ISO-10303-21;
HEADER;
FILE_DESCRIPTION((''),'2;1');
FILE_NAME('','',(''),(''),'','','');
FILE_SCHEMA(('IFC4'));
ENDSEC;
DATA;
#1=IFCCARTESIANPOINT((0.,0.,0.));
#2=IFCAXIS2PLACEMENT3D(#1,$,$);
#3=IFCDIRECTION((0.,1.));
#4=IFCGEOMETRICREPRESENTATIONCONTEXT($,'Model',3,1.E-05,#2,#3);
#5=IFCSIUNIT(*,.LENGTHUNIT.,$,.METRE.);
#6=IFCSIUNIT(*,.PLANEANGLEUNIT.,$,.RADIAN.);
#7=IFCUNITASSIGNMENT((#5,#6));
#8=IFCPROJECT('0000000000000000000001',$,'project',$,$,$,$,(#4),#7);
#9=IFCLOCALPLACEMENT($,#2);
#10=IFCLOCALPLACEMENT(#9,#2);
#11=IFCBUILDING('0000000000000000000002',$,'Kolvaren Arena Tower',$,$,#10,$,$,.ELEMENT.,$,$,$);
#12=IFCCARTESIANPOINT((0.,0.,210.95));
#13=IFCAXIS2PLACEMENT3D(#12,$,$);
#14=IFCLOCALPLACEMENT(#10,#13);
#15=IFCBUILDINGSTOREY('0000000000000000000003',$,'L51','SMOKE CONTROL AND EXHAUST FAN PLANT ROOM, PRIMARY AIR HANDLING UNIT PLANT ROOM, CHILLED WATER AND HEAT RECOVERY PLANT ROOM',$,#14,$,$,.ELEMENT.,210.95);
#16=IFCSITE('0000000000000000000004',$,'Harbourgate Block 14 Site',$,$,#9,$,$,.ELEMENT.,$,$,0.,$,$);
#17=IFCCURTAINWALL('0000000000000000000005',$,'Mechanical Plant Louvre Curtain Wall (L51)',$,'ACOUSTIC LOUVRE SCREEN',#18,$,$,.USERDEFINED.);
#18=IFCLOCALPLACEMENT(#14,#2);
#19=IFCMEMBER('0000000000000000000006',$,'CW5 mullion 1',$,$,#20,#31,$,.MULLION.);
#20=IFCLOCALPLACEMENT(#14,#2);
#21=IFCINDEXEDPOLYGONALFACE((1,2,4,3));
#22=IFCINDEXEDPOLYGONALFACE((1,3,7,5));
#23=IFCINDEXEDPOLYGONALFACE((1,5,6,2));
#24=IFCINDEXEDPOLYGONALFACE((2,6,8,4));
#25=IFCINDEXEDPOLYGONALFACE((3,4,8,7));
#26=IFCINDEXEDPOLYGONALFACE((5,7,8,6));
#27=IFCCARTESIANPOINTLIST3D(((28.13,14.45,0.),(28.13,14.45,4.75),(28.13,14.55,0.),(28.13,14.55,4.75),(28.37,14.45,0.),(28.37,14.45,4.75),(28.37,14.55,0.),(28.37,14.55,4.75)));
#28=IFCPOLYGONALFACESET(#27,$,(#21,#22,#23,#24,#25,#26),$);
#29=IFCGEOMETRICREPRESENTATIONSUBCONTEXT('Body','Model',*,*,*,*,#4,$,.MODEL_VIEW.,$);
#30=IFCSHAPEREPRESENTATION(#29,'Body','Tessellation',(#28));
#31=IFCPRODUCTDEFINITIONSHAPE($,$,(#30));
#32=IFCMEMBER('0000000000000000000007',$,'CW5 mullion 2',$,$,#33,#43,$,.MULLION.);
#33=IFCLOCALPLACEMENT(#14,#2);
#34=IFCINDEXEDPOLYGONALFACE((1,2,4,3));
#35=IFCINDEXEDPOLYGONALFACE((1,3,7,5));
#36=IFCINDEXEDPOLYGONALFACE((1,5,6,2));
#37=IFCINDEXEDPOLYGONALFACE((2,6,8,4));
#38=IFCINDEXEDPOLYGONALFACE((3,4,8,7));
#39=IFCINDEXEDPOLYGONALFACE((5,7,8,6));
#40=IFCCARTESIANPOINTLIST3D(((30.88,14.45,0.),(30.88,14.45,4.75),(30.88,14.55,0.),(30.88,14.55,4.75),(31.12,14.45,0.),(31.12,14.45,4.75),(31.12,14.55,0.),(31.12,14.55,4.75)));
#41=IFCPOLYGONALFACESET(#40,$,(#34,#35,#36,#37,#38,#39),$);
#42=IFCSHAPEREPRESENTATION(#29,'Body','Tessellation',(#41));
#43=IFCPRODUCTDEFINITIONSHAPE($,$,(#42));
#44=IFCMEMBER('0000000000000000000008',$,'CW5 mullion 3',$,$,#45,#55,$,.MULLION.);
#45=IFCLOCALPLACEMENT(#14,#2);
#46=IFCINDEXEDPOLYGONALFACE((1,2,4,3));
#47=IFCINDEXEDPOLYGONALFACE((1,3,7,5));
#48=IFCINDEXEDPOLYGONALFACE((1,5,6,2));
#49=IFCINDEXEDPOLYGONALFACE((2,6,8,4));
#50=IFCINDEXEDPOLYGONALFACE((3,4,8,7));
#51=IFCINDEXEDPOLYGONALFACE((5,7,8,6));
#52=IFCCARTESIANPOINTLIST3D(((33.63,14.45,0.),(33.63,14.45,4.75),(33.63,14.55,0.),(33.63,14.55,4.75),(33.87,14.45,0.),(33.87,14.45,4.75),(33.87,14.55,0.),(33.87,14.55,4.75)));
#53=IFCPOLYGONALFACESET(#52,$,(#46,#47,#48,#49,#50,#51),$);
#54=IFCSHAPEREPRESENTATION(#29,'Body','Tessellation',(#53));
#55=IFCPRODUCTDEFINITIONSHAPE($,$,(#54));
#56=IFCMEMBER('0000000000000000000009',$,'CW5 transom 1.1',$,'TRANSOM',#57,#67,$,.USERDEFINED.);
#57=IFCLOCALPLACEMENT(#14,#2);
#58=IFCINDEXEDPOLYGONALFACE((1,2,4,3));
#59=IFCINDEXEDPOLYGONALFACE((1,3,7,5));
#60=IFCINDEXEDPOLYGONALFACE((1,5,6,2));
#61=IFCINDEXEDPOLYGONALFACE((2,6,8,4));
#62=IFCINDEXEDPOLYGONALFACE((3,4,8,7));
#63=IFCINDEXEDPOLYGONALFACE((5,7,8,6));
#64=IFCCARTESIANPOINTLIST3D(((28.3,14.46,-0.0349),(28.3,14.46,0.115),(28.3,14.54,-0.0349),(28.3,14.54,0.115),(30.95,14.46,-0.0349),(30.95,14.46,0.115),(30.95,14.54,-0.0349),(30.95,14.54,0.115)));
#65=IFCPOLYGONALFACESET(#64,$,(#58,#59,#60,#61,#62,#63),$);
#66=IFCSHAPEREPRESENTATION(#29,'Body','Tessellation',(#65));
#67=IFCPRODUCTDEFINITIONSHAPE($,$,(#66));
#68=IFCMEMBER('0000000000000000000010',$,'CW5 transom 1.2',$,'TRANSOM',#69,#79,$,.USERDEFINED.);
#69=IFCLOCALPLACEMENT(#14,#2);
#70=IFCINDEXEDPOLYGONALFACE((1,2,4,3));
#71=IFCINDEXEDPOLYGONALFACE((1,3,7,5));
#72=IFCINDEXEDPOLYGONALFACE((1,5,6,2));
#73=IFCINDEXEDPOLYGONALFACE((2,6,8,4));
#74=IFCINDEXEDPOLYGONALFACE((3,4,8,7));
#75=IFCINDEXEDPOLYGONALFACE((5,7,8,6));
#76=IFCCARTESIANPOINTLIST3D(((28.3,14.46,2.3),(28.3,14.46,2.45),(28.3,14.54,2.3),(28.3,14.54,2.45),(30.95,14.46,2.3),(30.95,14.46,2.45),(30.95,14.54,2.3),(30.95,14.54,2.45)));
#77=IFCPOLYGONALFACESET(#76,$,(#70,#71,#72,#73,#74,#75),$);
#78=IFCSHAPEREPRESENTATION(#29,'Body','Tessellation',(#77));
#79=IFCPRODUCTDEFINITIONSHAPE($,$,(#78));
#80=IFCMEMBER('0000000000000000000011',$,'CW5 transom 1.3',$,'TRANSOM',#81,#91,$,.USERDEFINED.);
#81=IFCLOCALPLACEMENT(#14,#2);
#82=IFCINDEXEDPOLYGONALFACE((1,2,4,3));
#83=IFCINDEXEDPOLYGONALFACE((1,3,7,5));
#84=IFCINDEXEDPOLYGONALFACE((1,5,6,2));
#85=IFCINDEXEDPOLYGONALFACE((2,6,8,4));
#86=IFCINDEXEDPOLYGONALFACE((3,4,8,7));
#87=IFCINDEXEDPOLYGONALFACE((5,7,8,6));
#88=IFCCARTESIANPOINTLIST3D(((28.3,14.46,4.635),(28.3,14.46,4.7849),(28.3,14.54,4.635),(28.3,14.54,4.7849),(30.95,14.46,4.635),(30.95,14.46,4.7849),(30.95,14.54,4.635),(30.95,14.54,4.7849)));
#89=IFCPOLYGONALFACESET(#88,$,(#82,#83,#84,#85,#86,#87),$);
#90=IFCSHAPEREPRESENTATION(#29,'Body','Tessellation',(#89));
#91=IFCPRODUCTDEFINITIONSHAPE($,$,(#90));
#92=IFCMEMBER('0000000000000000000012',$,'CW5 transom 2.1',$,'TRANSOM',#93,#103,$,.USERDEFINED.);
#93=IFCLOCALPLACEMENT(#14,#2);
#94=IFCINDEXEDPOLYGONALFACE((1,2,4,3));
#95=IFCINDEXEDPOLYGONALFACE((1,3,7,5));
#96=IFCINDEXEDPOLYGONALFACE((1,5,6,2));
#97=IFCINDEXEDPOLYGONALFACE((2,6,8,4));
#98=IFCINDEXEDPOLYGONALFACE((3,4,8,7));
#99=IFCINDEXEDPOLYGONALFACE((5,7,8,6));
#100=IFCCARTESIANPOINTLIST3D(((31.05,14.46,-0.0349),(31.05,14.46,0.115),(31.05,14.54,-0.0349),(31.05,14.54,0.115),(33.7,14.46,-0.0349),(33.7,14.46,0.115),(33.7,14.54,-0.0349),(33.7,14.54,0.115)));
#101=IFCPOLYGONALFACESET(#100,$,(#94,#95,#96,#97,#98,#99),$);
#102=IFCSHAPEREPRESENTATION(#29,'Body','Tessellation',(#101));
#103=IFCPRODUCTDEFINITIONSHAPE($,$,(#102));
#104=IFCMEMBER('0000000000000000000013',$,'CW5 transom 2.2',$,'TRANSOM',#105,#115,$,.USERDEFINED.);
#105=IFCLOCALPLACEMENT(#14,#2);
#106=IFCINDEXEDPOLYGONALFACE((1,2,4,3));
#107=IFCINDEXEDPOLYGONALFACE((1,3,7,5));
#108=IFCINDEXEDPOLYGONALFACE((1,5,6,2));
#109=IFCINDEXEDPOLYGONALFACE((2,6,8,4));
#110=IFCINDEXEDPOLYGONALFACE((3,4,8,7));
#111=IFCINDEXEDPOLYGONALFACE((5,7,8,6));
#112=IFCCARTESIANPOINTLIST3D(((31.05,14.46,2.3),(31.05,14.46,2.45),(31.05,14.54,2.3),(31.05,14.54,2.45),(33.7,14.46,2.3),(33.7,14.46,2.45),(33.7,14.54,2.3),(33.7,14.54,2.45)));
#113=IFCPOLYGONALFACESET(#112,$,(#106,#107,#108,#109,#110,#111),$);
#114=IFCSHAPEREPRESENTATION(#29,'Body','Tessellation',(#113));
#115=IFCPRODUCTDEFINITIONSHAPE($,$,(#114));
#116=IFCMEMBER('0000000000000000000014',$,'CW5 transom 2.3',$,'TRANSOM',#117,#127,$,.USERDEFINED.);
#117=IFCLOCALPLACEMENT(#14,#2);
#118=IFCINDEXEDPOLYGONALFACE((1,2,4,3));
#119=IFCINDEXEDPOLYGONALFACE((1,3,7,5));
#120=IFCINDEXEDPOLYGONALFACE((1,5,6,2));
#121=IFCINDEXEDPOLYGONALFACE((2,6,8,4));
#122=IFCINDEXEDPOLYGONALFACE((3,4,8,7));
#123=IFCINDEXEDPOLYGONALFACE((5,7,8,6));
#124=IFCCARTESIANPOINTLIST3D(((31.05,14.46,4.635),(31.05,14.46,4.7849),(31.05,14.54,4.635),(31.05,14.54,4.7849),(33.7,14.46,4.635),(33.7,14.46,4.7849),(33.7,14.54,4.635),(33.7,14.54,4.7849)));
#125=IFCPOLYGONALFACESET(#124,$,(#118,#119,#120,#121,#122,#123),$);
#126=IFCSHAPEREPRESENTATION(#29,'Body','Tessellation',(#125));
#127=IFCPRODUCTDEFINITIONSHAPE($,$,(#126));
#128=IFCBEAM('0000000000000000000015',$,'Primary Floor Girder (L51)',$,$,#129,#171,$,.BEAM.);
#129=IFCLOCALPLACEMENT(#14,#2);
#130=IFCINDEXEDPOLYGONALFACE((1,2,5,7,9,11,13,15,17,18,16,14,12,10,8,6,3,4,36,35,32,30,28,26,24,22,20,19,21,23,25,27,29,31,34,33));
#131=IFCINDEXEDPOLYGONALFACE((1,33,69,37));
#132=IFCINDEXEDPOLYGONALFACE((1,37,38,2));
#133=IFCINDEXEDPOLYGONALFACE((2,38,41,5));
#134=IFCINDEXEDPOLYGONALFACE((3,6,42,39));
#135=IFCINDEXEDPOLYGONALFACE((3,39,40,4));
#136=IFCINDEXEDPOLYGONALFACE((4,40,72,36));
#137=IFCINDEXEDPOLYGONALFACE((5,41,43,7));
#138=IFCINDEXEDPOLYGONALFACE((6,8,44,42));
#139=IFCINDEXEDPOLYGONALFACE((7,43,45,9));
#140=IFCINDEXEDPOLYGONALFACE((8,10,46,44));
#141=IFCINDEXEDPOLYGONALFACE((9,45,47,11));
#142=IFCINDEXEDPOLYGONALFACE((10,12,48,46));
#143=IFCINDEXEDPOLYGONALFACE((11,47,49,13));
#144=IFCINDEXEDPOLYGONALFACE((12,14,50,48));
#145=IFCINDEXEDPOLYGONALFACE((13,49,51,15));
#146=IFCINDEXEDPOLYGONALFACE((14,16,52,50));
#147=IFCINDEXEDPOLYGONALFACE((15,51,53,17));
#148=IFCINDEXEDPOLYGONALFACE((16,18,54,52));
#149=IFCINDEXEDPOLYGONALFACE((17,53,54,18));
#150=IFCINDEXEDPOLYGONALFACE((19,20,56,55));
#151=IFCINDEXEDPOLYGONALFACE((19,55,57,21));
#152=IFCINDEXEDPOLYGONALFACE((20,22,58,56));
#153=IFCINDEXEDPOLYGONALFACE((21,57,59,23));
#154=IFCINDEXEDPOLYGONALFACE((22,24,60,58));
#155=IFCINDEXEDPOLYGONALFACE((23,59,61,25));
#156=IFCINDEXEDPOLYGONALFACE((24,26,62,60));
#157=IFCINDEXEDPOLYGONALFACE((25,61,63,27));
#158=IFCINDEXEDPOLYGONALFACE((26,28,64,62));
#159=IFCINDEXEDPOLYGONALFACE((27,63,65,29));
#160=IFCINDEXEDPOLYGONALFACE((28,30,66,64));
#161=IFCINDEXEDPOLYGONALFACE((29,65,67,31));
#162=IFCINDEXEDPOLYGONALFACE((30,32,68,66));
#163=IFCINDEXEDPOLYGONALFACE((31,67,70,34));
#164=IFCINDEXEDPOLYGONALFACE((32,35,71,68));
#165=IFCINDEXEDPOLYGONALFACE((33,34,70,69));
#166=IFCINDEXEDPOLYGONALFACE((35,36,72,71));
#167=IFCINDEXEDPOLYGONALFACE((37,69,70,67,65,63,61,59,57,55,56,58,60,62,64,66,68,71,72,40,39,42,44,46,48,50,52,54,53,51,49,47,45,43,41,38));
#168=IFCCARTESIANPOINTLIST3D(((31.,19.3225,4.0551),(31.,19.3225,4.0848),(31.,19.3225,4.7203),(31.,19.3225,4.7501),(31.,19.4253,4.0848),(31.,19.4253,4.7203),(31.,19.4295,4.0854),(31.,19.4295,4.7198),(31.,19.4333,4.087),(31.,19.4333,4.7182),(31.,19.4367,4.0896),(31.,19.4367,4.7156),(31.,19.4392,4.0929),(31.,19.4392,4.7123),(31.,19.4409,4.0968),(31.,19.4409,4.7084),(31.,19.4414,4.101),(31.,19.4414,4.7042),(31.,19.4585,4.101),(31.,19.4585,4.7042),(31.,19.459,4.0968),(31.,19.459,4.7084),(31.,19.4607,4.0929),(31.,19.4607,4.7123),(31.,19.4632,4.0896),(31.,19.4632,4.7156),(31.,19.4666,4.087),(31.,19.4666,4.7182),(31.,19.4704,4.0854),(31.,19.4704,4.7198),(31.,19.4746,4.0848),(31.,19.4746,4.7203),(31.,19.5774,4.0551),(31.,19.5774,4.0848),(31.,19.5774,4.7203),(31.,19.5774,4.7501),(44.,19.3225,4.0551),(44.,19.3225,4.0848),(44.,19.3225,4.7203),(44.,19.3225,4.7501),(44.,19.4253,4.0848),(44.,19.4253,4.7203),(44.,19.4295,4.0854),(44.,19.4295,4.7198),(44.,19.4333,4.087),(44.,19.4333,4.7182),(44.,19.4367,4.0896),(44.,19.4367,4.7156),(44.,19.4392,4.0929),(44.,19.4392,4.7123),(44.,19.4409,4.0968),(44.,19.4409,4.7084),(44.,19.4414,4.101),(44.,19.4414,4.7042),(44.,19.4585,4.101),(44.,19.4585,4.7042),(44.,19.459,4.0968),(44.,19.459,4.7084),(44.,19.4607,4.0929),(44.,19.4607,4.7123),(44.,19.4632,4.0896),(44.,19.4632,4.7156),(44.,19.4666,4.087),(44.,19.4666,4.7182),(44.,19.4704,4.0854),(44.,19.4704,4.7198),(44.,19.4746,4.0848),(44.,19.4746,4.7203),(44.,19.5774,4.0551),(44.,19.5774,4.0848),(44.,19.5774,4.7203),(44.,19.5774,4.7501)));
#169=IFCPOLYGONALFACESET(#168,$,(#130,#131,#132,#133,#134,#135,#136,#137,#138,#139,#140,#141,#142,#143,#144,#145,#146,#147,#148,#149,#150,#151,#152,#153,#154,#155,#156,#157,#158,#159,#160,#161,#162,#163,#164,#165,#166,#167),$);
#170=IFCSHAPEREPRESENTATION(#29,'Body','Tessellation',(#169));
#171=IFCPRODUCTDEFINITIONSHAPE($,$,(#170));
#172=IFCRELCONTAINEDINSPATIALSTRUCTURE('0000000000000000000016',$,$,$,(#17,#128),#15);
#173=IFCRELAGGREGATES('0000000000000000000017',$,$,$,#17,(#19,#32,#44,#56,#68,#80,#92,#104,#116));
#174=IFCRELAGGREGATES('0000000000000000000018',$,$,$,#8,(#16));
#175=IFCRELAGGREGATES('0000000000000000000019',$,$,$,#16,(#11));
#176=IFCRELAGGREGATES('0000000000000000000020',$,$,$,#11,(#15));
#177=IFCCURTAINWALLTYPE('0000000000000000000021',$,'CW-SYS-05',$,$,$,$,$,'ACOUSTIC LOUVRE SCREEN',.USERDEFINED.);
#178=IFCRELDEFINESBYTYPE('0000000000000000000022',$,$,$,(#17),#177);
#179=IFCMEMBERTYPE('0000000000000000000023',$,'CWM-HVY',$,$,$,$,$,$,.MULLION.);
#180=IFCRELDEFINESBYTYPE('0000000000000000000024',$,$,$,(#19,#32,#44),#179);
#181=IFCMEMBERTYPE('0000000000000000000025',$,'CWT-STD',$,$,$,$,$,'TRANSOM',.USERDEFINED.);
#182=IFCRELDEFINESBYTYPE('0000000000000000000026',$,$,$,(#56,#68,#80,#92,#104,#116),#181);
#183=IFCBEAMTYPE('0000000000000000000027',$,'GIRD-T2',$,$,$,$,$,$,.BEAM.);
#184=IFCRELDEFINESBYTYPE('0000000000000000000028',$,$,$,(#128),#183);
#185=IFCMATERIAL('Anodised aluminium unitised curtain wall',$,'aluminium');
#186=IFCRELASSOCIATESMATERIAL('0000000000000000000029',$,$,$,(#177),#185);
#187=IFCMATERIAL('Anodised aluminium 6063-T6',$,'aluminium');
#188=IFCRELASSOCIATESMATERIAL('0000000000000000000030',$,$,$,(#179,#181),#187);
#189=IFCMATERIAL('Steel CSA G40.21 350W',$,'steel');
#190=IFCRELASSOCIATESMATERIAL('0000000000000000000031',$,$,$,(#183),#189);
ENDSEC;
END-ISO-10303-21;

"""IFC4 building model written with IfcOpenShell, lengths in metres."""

from ifc_helpers import new_model, si_unit, direction, frame, origin, origin_2d, place, context, subcontext, project, spatial, rectangle, i_section, extrude, material, material_profile, profile_set, type_object, element, aggregate, save


model = new_model("IFC4")

# Units and contexts
model_context = context("Model", 3, precision=1e-05, world=origin(), true_north=direction((0.0, 1.0)))
body_context = subcontext(model_context, "Body", "Model", "MODEL_VIEW")
ifc_project = project(units=[si_unit("LENGTHUNIT", "METRE"), si_unit("PLANEANGLEUNIT", "RADIAN")], contexts=[model_context])

# Site, building, storey
site_placement = place(None, origin())
site = spatial("IfcSite", under=ifc_project, at=site_placement, Name="Harbourgate Block 14 Site", CompositionType="ELEMENT", RefElevation=0.0)
building_placement = place(site_placement, origin())
building = spatial("IfcBuilding", under=site, at=building_placement, Name="Kolvaren Arena Tower", CompositionType="ELEMENT")
storey_placement = place(building_placement, frame((0.0, 0.0, 210.95)))
storey = spatial("IfcBuildingStorey", under=building, at=storey_placement, Name="L51", Description="SMOKE CONTROL AND EXHAUST FAN PLANT ROOM, PRIMARY AIR HANDLING UNIT PLANT ROOM, CHILLED WATER AND HEAT RECOVERY PLANT ROOM", CompositionType="ELEMENT", Elevation=210.95)

# Shared definitions
ifc_material_1 = material(Name="Steel CSA G40.21 350W", Category="steel")

# Curtain wall, members
ifc_material_2 = material(Name="Anodised aluminium unitised curtain wall", Category="aluminium")
curtain_wall_type = type_object("IfcCurtainWallType", Name="CW-SYS-05", ElementType="ACOUSTIC LOUVRE SCREEN", PredefinedType="USERDEFINED", material=ifc_material_2)
curtain_wall_placement = place(storey_placement, origin())
curtain_wall = element("IfcCurtainWall", 1, at=curtain_wall_placement, inside=storey, type_object=curtain_wall_type, Name="Mechanical Plant Louvre Curtain Wall (L51)", ObjectType="ACOUSTIC LOUVRE SCREEN", PredefinedType="USERDEFINED")
ifc_material_3 = material(Name="Anodised aluminium 6063-T6", Category="aluminium")
ifc_material_profile_1 = material_profile(ifc_material_3, rectangle(XDim=0.1001, YDim=0.24, at=origin_2d()), Name="ALU-100x240")
ifc_profile_set_1 = profile_set([ifc_material_profile_1], Name="Anodised aluminium 6063-T6")
member_type_1 = type_object("IfcMemberType", Name="CWM-HVY", PredefinedType="MULLION", material=ifc_profile_set_1)
member_1_placement = place(storey_placement, frame((28.25, 14.5, 0.0), z_axis=(0.0, 0.0, 1.0), x_axis=(0.0, 1.0, 0.0)))
member_1 = element("IfcMember", 2, at=member_1_placement, type_object=member_type_1, Name="CW5 mullion 1", PredefinedType="MULLION", context=body_context, shape_type="SweptSolid", body=[
    extrude(rectangle(XDim=0.1001, YDim=0.24, at=origin_2d()), origin(), (0.0, 0.0, 1.0), 4.75),
])
member_2_placement = place(storey_placement, frame((31.0, 14.5, 0.0), z_axis=(0.0, 0.0, 1.0), x_axis=(0.0, 1.0, 0.0)))
member_2 = element("IfcMember", 3, at=member_2_placement, type_object=member_type_1, Name="CW5 mullion 2", PredefinedType="MULLION", context=body_context, shape_type="SweptSolid", body=[
    extrude(rectangle(XDim=0.1001, YDim=0.24, at=origin_2d()), origin(), (0.0, 0.0, 1.0), 4.75),
])
member_3_placement = place(storey_placement, frame((33.75, 14.5, 0.0), z_axis=(0.0, 0.0, 1.0), x_axis=(0.0, 1.0, 0.0)))
member_3 = element("IfcMember", 4, at=member_3_placement, type_object=member_type_1, Name="CW5 mullion 3", PredefinedType="MULLION", context=body_context, shape_type="SweptSolid", body=[
    extrude(rectangle(XDim=0.1001, YDim=0.24, at=origin_2d()), origin(), (0.0, 0.0, 1.0), 4.75),
])
ifc_material_profile_2 = material_profile(ifc_material_3, rectangle(XDim=0.0801, YDim=0.1499, at=origin_2d()), Name="ALU-80x150")
ifc_profile_set_2 = profile_set([ifc_material_profile_2], Name="Anodised aluminium 6063-T6")
member_type_2 = type_object("IfcMemberType", Name="CWT-STD", ElementType="TRANSOM", PredefinedType="USERDEFINED", material=ifc_profile_set_2)
member_4_placement = place(storey_placement, frame((28.3, 14.5, 0.04), z_axis=(1.0, 0.0, 0.0), x_axis=(0.0, 1.0, 0.0)))
member_4 = element("IfcMember", 5, at=member_4_placement, type_object=member_type_2, Name="CW5 transom 1.1", ObjectType="TRANSOM", PredefinedType="USERDEFINED", context=body_context, shape_type="SweptSolid", body=[
    extrude(rectangle(XDim=0.0801, YDim=0.1499, at=origin_2d()), origin(), (0.0, 0.0, 1.0), 2.6499),
])
member_5_placement = place(storey_placement, frame((28.3, 14.5, 2.375), z_axis=(1.0, 0.0, 0.0), x_axis=(0.0, 1.0, 0.0)))
member_5 = element("IfcMember", 6, at=member_5_placement, type_object=member_type_2, Name="CW5 transom 1.2", ObjectType="TRANSOM", PredefinedType="USERDEFINED", context=body_context, shape_type="SweptSolid", body=[
    extrude(rectangle(XDim=0.0801, YDim=0.1499, at=origin_2d()), origin(), (0.0, 0.0, 1.0), 2.6499),
])
member_6_placement = place(storey_placement, frame((28.3, 14.5, 4.71), z_axis=(1.0, 0.0, 0.0), x_axis=(0.0, 1.0, 0.0)))
member_6 = element("IfcMember", 7, at=member_6_placement, type_object=member_type_2, Name="CW5 transom 1.3", ObjectType="TRANSOM", PredefinedType="USERDEFINED", context=body_context, shape_type="SweptSolid", body=[
    extrude(rectangle(XDim=0.0801, YDim=0.1499, at=origin_2d()), origin(), (0.0, 0.0, 1.0), 2.6499),
])
member_7_placement = place(storey_placement, frame((31.05, 14.5, 0.04), z_axis=(1.0, 0.0, 0.0), x_axis=(0.0, 1.0, 0.0)))
member_7 = element("IfcMember", 8, at=member_7_placement, type_object=member_type_2, Name="CW5 transom 2.1", ObjectType="TRANSOM", PredefinedType="USERDEFINED", context=body_context, shape_type="SweptSolid", body=[
    extrude(rectangle(XDim=0.0801, YDim=0.1499, at=origin_2d()), origin(), (0.0, 0.0, 1.0), 2.6499),
])
member_8_placement = place(storey_placement, frame((31.05, 14.5, 2.375), z_axis=(1.0, 0.0, 0.0), x_axis=(0.0, 1.0, 0.0)))
member_8 = element("IfcMember", 9, at=member_8_placement, type_object=member_type_2, Name="CW5 transom 2.2", ObjectType="TRANSOM", PredefinedType="USERDEFINED", context=body_context, shape_type="SweptSolid", body=[
    extrude(rectangle(XDim=0.0801, YDim=0.1499, at=origin_2d()), origin(), (0.0, 0.0, 1.0), 2.6499),
])
member_9_placement = place(storey_placement, frame((31.05, 14.5, 4.71), z_axis=(1.0, 0.0, 0.0), x_axis=(0.0, 1.0, 0.0)))
member_9 = element("IfcMember", 10, at=member_9_placement, type_object=member_type_2, Name="CW5 transom 2.3", ObjectType="TRANSOM", PredefinedType="USERDEFINED", context=body_context, shape_type="SweptSolid", body=[
    extrude(rectangle(XDim=0.0801, YDim=0.1499, at=origin_2d()), origin(), (0.0, 0.0, 1.0), 2.6499),
])

# Beam
ifc_material_profile_3 = material_profile(ifc_material_1, i_section(OverallWidth=0.2549, OverallDepth=0.6951, WebThickness=0.0171, FlangeThickness=0.0298, FilletRadius=0.0161, at=origin_2d()), Name="W690x217")
ifc_profile_set_3 = profile_set([ifc_material_profile_3], Name="Steel CSA G40.21 350W")
beam_type_1 = type_object("IfcBeamType", Name="GIRD-T2", PredefinedType="BEAM", material=ifc_profile_set_3)
beam_1_placement = place(storey_placement, frame((31.0, 19.45, 4.4026), z_axis=(1.0, 0.0, 0.0), x_axis=(0.0, 1.0, 0.0)))
element("IfcBeam", 11, at=beam_1_placement, inside=storey, type_object=beam_type_1, Name="Primary Floor Girder (L51)", PredefinedType="BEAM", context=body_context, shape_type="SweptSolid", body=[
    extrude(i_section(OverallWidth=0.2549, OverallDepth=0.6951, WebThickness=0.0171, FlangeThickness=0.0298, FilletRadius=0.0161, at=origin_2d()), origin(), (0.0, 0.0, 1.0), 13.0),
])

aggregate(curtain_wall, [member_1, member_2, member_3, member_4, member_5, member_6, member_7, member_8, member_9])

save(model, "model.ifc")
